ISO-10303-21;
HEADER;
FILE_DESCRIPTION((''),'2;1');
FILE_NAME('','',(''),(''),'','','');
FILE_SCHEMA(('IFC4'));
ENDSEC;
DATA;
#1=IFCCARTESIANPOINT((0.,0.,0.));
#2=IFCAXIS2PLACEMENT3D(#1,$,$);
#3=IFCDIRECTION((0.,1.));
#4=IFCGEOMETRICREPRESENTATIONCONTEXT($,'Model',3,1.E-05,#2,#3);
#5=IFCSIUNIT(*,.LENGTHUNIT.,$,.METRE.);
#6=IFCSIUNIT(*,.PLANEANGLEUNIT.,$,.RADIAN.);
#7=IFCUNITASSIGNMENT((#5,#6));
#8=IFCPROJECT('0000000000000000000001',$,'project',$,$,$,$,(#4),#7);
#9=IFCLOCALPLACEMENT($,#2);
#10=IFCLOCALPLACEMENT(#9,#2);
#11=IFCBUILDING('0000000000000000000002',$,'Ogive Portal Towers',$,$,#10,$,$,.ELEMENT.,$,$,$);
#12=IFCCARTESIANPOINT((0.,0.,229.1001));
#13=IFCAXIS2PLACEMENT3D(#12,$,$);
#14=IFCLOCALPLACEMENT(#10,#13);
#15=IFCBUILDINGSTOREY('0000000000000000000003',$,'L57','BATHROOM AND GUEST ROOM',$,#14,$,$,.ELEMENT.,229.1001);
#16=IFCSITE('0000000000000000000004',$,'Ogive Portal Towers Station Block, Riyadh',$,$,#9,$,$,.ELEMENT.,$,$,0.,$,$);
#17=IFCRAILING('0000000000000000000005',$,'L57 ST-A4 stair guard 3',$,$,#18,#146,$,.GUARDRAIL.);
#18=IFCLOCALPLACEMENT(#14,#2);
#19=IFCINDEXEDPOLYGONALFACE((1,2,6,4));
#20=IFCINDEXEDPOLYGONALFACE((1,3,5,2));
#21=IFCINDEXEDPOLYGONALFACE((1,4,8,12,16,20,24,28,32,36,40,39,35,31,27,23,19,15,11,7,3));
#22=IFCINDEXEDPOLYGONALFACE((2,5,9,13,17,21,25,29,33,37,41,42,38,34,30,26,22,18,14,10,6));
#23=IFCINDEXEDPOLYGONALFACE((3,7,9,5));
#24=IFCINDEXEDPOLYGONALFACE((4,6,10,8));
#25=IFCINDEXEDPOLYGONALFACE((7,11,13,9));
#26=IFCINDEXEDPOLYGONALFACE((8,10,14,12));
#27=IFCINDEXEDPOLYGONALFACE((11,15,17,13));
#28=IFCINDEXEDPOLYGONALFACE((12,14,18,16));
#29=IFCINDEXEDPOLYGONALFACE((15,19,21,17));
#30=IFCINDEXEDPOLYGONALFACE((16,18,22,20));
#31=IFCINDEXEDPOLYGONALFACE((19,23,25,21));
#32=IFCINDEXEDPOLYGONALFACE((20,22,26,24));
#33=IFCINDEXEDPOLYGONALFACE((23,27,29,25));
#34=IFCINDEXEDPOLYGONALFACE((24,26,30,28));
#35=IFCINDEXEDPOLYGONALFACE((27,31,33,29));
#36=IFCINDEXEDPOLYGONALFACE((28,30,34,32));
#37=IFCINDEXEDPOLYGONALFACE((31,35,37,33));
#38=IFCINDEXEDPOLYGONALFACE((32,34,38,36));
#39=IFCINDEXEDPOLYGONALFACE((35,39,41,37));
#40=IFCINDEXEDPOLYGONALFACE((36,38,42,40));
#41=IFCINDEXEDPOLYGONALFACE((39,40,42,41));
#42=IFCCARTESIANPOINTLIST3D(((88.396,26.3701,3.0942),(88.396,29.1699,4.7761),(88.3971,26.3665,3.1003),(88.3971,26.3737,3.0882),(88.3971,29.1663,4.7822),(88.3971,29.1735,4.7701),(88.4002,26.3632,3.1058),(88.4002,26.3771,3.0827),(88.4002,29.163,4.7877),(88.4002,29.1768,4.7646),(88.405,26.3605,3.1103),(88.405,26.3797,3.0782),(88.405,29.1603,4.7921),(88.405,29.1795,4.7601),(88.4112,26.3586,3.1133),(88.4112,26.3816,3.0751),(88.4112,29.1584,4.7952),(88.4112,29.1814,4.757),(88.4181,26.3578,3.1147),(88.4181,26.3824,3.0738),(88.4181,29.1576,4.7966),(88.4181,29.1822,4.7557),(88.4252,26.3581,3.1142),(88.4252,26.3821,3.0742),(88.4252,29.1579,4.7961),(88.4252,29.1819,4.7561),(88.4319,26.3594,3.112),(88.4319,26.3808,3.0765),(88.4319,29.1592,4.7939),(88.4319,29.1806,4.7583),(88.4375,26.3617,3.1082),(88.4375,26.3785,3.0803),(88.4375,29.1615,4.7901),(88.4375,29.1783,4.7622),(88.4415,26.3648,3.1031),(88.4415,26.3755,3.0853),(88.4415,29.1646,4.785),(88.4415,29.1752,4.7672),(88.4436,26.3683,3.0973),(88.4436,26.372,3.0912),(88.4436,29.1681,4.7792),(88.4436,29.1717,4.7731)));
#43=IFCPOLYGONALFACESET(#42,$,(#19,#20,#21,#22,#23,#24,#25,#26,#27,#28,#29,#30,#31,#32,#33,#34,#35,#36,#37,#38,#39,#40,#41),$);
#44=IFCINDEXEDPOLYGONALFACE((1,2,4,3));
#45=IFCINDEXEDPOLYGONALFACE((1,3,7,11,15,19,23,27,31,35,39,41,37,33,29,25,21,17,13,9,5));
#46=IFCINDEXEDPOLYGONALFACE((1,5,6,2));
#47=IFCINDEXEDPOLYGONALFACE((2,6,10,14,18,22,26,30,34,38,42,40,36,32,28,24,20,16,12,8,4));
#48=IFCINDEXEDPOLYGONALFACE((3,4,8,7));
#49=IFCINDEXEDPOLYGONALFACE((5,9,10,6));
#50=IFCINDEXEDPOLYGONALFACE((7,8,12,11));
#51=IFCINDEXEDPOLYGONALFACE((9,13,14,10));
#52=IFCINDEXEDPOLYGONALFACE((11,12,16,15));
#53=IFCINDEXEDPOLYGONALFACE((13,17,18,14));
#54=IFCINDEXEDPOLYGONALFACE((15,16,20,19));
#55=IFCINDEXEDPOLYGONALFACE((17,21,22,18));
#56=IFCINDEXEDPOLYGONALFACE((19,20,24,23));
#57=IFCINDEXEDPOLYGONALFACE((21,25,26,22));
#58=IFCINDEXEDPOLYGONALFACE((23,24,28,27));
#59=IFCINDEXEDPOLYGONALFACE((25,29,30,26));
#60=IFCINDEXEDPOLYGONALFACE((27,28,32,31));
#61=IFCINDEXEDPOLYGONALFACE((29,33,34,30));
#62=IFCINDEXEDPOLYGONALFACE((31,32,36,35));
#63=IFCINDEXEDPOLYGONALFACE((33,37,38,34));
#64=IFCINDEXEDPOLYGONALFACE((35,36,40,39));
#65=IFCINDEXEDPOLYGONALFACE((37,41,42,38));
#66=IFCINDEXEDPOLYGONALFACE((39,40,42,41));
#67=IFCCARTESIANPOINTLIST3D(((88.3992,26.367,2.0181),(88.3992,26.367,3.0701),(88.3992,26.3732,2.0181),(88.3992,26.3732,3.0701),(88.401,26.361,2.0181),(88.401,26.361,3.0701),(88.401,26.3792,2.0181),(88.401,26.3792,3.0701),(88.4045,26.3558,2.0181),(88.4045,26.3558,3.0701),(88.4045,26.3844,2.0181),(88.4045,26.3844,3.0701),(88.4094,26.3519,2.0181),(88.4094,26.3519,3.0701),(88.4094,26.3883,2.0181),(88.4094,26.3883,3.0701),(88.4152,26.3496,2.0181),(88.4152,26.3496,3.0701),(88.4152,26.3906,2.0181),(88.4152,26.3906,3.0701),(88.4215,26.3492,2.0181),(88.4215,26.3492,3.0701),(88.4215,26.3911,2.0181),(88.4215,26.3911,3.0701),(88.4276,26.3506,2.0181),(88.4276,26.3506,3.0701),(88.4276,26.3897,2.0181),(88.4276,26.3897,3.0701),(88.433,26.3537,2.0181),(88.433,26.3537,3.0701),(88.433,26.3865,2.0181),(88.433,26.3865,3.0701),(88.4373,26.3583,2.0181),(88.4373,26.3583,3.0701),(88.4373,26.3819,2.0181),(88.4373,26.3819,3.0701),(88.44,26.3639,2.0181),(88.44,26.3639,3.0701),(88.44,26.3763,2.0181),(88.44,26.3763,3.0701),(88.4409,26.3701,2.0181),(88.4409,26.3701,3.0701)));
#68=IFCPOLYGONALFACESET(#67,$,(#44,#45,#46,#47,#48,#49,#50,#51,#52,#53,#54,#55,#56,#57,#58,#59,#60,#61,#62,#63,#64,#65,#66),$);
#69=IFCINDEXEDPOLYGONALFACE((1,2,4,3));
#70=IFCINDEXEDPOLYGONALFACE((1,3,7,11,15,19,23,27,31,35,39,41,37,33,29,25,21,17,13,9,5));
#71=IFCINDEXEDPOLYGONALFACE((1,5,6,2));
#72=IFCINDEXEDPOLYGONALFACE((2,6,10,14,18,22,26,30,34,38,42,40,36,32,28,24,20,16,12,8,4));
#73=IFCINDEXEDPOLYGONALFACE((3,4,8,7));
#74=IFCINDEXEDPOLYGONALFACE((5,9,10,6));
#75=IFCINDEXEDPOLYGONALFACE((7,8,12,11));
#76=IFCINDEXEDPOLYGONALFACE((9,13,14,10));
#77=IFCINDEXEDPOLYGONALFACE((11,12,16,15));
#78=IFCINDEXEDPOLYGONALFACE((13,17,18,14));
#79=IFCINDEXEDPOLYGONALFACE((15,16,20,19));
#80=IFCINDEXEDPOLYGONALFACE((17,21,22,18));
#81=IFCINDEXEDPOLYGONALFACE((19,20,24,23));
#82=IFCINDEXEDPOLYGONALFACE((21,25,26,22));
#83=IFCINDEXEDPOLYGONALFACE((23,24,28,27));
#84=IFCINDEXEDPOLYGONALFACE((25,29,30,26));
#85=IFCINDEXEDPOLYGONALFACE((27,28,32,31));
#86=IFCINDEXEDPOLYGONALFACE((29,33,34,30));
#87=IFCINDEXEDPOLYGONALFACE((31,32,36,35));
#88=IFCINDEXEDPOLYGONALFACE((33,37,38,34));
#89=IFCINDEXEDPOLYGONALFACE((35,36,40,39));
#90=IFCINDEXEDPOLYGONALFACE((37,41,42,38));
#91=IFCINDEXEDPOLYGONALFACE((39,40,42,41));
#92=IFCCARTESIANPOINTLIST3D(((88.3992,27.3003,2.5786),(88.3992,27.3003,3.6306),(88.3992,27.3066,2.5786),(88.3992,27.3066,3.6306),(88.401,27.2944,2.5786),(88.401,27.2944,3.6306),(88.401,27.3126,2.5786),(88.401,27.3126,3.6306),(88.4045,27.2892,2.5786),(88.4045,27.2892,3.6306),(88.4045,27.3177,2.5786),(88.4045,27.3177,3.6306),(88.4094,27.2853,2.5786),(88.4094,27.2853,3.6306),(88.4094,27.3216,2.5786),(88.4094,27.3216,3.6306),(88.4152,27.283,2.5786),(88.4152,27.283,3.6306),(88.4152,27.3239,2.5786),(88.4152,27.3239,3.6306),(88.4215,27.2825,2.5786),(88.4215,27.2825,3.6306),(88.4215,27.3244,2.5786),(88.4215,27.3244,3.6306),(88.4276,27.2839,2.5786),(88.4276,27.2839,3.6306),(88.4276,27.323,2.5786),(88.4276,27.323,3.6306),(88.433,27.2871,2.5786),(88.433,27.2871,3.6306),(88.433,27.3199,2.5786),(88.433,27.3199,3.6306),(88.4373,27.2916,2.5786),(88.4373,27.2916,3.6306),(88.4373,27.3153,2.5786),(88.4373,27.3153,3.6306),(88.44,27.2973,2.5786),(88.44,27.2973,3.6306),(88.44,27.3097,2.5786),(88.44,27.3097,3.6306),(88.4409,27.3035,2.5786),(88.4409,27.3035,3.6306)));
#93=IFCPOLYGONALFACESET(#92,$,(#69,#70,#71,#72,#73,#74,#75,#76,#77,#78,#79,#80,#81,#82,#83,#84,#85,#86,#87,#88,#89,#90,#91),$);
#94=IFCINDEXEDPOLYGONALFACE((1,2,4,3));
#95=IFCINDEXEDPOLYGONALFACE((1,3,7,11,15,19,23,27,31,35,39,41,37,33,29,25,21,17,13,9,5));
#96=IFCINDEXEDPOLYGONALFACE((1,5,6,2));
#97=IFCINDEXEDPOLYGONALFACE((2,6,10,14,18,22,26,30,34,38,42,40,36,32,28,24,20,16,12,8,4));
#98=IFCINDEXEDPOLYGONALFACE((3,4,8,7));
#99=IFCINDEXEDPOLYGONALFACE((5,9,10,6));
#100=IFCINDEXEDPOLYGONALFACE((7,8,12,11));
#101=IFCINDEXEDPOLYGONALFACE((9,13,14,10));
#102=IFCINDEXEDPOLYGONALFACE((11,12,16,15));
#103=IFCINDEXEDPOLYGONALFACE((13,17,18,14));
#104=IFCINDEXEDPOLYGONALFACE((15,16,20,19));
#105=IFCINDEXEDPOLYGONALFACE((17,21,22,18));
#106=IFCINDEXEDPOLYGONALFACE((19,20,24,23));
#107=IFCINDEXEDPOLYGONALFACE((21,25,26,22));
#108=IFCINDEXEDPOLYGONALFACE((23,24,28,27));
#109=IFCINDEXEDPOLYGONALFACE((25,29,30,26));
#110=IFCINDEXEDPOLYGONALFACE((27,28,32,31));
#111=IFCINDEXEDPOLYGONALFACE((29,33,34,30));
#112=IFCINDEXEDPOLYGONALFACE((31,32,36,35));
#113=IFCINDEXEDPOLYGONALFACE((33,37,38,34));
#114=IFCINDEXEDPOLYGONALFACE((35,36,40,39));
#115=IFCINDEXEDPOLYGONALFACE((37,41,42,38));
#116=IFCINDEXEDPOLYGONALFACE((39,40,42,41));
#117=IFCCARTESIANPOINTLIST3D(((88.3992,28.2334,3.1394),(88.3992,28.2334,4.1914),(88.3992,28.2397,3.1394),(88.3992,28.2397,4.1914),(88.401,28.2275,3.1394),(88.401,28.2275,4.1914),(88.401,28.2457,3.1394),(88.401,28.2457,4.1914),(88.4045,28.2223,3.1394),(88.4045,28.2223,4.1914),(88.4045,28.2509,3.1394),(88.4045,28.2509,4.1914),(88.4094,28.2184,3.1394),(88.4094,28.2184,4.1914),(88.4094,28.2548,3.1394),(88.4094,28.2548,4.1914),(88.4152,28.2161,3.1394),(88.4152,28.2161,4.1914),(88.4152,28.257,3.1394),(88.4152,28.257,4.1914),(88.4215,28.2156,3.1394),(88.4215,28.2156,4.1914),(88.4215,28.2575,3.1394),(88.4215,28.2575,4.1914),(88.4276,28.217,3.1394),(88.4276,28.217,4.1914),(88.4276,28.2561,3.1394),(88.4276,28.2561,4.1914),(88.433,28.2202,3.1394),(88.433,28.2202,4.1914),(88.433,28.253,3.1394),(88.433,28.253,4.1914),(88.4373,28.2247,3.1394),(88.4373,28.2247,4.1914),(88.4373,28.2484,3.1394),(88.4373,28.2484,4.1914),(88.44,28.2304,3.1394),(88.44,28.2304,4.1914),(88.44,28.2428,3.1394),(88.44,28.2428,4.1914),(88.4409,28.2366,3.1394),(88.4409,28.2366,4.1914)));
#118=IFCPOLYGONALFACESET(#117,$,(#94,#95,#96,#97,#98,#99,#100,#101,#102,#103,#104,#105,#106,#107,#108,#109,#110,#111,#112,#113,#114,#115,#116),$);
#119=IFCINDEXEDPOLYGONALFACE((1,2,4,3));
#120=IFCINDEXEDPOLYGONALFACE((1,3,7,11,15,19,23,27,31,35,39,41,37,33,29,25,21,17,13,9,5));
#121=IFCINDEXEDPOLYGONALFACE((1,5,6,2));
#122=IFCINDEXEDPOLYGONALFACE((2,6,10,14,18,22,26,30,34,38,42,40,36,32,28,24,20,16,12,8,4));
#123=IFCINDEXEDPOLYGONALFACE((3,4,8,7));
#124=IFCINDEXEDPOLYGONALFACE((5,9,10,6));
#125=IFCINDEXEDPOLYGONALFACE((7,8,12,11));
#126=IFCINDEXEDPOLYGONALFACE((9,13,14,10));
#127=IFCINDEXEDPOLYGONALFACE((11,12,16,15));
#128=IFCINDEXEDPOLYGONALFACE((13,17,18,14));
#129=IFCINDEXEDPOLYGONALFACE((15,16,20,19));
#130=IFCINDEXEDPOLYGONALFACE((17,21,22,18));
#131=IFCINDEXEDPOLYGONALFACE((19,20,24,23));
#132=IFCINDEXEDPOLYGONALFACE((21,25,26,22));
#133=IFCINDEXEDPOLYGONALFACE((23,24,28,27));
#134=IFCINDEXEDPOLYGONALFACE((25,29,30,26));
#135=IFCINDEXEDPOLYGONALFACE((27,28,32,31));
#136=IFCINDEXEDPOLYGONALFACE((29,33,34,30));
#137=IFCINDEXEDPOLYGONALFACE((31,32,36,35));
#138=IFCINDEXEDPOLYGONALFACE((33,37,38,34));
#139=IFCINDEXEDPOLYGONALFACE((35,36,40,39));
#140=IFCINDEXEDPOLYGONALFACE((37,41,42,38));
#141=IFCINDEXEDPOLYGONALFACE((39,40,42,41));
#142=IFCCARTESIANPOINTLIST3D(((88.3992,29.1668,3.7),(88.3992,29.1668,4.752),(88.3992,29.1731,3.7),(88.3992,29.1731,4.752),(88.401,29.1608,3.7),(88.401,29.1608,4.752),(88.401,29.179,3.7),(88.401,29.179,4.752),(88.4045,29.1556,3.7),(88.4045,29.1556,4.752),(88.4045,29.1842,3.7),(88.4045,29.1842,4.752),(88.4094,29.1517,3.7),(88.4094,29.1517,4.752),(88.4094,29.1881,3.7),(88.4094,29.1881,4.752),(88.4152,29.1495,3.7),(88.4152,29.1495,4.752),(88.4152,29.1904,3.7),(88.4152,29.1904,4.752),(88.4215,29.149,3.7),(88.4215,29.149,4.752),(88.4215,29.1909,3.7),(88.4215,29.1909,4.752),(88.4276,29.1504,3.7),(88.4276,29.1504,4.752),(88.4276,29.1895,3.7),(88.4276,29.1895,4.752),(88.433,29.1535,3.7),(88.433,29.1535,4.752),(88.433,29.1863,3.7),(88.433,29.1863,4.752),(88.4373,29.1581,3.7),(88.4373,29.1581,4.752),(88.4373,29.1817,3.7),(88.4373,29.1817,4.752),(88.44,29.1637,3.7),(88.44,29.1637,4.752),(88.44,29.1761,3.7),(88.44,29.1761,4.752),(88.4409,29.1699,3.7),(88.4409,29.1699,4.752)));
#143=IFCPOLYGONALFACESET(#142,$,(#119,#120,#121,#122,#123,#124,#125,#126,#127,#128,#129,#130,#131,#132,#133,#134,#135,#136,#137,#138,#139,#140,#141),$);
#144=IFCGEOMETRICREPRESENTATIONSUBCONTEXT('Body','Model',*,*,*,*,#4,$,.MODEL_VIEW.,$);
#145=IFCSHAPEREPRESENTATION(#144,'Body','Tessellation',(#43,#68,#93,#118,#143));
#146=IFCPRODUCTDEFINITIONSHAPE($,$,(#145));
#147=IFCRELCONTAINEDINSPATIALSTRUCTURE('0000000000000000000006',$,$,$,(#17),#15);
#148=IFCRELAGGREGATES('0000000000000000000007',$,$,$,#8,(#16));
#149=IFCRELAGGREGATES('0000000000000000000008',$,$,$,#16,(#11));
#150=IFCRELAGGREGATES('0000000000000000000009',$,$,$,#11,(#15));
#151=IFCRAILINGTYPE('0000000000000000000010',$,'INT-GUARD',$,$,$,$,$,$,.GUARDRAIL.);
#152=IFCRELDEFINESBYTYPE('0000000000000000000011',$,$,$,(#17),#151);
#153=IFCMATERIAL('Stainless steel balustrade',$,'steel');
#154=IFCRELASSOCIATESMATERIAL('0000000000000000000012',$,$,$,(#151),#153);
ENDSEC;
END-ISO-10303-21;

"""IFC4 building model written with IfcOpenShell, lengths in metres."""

from ifc_helpers import new_model, si_unit, direction, frame, origin, origin_2d, place, context, subcontext, project, spatial, circle, extrude, material, type_object, element, save


model = new_model("IFC4")

# Units and contexts
model_context = context("Model", 3, precision=1e-05, world=origin(), true_north=direction((0.0, 1.0)))
body_context = subcontext(model_context, "Body", "Model", "MODEL_VIEW")
ifc_project = project(units=[si_unit("LENGTHUNIT", "METRE"), si_unit("PLANEANGLEUNIT", "RADIAN")], contexts=[model_context])

# Site, building, storey
site_placement = place(None, origin())
site = spatial("IfcSite", under=ifc_project, at=site_placement, Name="Ogive Portal Towers Station Block, Riyadh", CompositionType="ELEMENT", RefElevation=0.0)
building_placement = place(site_placement, origin())
building = spatial("IfcBuilding", under=site, at=building_placement, Name="Ogive Portal Towers", CompositionType="ELEMENT")
storey_placement = place(building_placement, frame((0.0, 0.0, 229.1001)))
storey = spatial("IfcBuildingStorey", under=building, at=storey_placement, Name="L57", Description="BATHROOM AND GUEST ROOM", CompositionType="ELEMENT", Elevation=229.1001)

# Railing
ifc_material_1 = material(Name="Stainless steel balustrade", Category="steel")
railing_type_1 = type_object("IfcRailingType", Name="INT-GUARD", PredefinedType="GUARDRAIL", material=ifc_material_1)
railing_1_placement = place(storey_placement, frame((88.4199, 26.3701, 2.0181)))
element("IfcRailing", 1, at=railing_1_placement, inside=storey, type_object=railing_type_1, Name="L57 ST-A4 stair guard 3", PredefinedType="GUARDRAIL", context=body_context, shape_type="SweptSolid", body=[
    extrude(circle(Radius=0.0239, at=origin_2d()), frame((0.0, 0.0, 1.0762), z_axis=(0.0, 0.857222, 0.514946), x_axis=(-1.0, 0.0, 0.0)), (0.0, 0.0, 1.0), 3.2661),
    extrude(circle(Radius=0.021, at=origin_2d()), origin(), (0.0, 0.0, 1.0), 1.052),
    extrude(circle(Radius=0.021, at=origin_2d()), frame((0.0, 0.9333, 0.5605)), (0.0, 0.0, 1.0), 1.052),
    extrude(circle(Radius=0.021, at=origin_2d()), frame((0.0, 1.8665, 1.1213)), (0.0, 0.0, 1.0), 1.052),
    extrude(circle(Radius=0.021, at=origin_2d()), frame((0.0, 2.7998, 1.6819)), (0.0, 0.0, 1.0), 1.052),
])

save(model, "model.ifc")
